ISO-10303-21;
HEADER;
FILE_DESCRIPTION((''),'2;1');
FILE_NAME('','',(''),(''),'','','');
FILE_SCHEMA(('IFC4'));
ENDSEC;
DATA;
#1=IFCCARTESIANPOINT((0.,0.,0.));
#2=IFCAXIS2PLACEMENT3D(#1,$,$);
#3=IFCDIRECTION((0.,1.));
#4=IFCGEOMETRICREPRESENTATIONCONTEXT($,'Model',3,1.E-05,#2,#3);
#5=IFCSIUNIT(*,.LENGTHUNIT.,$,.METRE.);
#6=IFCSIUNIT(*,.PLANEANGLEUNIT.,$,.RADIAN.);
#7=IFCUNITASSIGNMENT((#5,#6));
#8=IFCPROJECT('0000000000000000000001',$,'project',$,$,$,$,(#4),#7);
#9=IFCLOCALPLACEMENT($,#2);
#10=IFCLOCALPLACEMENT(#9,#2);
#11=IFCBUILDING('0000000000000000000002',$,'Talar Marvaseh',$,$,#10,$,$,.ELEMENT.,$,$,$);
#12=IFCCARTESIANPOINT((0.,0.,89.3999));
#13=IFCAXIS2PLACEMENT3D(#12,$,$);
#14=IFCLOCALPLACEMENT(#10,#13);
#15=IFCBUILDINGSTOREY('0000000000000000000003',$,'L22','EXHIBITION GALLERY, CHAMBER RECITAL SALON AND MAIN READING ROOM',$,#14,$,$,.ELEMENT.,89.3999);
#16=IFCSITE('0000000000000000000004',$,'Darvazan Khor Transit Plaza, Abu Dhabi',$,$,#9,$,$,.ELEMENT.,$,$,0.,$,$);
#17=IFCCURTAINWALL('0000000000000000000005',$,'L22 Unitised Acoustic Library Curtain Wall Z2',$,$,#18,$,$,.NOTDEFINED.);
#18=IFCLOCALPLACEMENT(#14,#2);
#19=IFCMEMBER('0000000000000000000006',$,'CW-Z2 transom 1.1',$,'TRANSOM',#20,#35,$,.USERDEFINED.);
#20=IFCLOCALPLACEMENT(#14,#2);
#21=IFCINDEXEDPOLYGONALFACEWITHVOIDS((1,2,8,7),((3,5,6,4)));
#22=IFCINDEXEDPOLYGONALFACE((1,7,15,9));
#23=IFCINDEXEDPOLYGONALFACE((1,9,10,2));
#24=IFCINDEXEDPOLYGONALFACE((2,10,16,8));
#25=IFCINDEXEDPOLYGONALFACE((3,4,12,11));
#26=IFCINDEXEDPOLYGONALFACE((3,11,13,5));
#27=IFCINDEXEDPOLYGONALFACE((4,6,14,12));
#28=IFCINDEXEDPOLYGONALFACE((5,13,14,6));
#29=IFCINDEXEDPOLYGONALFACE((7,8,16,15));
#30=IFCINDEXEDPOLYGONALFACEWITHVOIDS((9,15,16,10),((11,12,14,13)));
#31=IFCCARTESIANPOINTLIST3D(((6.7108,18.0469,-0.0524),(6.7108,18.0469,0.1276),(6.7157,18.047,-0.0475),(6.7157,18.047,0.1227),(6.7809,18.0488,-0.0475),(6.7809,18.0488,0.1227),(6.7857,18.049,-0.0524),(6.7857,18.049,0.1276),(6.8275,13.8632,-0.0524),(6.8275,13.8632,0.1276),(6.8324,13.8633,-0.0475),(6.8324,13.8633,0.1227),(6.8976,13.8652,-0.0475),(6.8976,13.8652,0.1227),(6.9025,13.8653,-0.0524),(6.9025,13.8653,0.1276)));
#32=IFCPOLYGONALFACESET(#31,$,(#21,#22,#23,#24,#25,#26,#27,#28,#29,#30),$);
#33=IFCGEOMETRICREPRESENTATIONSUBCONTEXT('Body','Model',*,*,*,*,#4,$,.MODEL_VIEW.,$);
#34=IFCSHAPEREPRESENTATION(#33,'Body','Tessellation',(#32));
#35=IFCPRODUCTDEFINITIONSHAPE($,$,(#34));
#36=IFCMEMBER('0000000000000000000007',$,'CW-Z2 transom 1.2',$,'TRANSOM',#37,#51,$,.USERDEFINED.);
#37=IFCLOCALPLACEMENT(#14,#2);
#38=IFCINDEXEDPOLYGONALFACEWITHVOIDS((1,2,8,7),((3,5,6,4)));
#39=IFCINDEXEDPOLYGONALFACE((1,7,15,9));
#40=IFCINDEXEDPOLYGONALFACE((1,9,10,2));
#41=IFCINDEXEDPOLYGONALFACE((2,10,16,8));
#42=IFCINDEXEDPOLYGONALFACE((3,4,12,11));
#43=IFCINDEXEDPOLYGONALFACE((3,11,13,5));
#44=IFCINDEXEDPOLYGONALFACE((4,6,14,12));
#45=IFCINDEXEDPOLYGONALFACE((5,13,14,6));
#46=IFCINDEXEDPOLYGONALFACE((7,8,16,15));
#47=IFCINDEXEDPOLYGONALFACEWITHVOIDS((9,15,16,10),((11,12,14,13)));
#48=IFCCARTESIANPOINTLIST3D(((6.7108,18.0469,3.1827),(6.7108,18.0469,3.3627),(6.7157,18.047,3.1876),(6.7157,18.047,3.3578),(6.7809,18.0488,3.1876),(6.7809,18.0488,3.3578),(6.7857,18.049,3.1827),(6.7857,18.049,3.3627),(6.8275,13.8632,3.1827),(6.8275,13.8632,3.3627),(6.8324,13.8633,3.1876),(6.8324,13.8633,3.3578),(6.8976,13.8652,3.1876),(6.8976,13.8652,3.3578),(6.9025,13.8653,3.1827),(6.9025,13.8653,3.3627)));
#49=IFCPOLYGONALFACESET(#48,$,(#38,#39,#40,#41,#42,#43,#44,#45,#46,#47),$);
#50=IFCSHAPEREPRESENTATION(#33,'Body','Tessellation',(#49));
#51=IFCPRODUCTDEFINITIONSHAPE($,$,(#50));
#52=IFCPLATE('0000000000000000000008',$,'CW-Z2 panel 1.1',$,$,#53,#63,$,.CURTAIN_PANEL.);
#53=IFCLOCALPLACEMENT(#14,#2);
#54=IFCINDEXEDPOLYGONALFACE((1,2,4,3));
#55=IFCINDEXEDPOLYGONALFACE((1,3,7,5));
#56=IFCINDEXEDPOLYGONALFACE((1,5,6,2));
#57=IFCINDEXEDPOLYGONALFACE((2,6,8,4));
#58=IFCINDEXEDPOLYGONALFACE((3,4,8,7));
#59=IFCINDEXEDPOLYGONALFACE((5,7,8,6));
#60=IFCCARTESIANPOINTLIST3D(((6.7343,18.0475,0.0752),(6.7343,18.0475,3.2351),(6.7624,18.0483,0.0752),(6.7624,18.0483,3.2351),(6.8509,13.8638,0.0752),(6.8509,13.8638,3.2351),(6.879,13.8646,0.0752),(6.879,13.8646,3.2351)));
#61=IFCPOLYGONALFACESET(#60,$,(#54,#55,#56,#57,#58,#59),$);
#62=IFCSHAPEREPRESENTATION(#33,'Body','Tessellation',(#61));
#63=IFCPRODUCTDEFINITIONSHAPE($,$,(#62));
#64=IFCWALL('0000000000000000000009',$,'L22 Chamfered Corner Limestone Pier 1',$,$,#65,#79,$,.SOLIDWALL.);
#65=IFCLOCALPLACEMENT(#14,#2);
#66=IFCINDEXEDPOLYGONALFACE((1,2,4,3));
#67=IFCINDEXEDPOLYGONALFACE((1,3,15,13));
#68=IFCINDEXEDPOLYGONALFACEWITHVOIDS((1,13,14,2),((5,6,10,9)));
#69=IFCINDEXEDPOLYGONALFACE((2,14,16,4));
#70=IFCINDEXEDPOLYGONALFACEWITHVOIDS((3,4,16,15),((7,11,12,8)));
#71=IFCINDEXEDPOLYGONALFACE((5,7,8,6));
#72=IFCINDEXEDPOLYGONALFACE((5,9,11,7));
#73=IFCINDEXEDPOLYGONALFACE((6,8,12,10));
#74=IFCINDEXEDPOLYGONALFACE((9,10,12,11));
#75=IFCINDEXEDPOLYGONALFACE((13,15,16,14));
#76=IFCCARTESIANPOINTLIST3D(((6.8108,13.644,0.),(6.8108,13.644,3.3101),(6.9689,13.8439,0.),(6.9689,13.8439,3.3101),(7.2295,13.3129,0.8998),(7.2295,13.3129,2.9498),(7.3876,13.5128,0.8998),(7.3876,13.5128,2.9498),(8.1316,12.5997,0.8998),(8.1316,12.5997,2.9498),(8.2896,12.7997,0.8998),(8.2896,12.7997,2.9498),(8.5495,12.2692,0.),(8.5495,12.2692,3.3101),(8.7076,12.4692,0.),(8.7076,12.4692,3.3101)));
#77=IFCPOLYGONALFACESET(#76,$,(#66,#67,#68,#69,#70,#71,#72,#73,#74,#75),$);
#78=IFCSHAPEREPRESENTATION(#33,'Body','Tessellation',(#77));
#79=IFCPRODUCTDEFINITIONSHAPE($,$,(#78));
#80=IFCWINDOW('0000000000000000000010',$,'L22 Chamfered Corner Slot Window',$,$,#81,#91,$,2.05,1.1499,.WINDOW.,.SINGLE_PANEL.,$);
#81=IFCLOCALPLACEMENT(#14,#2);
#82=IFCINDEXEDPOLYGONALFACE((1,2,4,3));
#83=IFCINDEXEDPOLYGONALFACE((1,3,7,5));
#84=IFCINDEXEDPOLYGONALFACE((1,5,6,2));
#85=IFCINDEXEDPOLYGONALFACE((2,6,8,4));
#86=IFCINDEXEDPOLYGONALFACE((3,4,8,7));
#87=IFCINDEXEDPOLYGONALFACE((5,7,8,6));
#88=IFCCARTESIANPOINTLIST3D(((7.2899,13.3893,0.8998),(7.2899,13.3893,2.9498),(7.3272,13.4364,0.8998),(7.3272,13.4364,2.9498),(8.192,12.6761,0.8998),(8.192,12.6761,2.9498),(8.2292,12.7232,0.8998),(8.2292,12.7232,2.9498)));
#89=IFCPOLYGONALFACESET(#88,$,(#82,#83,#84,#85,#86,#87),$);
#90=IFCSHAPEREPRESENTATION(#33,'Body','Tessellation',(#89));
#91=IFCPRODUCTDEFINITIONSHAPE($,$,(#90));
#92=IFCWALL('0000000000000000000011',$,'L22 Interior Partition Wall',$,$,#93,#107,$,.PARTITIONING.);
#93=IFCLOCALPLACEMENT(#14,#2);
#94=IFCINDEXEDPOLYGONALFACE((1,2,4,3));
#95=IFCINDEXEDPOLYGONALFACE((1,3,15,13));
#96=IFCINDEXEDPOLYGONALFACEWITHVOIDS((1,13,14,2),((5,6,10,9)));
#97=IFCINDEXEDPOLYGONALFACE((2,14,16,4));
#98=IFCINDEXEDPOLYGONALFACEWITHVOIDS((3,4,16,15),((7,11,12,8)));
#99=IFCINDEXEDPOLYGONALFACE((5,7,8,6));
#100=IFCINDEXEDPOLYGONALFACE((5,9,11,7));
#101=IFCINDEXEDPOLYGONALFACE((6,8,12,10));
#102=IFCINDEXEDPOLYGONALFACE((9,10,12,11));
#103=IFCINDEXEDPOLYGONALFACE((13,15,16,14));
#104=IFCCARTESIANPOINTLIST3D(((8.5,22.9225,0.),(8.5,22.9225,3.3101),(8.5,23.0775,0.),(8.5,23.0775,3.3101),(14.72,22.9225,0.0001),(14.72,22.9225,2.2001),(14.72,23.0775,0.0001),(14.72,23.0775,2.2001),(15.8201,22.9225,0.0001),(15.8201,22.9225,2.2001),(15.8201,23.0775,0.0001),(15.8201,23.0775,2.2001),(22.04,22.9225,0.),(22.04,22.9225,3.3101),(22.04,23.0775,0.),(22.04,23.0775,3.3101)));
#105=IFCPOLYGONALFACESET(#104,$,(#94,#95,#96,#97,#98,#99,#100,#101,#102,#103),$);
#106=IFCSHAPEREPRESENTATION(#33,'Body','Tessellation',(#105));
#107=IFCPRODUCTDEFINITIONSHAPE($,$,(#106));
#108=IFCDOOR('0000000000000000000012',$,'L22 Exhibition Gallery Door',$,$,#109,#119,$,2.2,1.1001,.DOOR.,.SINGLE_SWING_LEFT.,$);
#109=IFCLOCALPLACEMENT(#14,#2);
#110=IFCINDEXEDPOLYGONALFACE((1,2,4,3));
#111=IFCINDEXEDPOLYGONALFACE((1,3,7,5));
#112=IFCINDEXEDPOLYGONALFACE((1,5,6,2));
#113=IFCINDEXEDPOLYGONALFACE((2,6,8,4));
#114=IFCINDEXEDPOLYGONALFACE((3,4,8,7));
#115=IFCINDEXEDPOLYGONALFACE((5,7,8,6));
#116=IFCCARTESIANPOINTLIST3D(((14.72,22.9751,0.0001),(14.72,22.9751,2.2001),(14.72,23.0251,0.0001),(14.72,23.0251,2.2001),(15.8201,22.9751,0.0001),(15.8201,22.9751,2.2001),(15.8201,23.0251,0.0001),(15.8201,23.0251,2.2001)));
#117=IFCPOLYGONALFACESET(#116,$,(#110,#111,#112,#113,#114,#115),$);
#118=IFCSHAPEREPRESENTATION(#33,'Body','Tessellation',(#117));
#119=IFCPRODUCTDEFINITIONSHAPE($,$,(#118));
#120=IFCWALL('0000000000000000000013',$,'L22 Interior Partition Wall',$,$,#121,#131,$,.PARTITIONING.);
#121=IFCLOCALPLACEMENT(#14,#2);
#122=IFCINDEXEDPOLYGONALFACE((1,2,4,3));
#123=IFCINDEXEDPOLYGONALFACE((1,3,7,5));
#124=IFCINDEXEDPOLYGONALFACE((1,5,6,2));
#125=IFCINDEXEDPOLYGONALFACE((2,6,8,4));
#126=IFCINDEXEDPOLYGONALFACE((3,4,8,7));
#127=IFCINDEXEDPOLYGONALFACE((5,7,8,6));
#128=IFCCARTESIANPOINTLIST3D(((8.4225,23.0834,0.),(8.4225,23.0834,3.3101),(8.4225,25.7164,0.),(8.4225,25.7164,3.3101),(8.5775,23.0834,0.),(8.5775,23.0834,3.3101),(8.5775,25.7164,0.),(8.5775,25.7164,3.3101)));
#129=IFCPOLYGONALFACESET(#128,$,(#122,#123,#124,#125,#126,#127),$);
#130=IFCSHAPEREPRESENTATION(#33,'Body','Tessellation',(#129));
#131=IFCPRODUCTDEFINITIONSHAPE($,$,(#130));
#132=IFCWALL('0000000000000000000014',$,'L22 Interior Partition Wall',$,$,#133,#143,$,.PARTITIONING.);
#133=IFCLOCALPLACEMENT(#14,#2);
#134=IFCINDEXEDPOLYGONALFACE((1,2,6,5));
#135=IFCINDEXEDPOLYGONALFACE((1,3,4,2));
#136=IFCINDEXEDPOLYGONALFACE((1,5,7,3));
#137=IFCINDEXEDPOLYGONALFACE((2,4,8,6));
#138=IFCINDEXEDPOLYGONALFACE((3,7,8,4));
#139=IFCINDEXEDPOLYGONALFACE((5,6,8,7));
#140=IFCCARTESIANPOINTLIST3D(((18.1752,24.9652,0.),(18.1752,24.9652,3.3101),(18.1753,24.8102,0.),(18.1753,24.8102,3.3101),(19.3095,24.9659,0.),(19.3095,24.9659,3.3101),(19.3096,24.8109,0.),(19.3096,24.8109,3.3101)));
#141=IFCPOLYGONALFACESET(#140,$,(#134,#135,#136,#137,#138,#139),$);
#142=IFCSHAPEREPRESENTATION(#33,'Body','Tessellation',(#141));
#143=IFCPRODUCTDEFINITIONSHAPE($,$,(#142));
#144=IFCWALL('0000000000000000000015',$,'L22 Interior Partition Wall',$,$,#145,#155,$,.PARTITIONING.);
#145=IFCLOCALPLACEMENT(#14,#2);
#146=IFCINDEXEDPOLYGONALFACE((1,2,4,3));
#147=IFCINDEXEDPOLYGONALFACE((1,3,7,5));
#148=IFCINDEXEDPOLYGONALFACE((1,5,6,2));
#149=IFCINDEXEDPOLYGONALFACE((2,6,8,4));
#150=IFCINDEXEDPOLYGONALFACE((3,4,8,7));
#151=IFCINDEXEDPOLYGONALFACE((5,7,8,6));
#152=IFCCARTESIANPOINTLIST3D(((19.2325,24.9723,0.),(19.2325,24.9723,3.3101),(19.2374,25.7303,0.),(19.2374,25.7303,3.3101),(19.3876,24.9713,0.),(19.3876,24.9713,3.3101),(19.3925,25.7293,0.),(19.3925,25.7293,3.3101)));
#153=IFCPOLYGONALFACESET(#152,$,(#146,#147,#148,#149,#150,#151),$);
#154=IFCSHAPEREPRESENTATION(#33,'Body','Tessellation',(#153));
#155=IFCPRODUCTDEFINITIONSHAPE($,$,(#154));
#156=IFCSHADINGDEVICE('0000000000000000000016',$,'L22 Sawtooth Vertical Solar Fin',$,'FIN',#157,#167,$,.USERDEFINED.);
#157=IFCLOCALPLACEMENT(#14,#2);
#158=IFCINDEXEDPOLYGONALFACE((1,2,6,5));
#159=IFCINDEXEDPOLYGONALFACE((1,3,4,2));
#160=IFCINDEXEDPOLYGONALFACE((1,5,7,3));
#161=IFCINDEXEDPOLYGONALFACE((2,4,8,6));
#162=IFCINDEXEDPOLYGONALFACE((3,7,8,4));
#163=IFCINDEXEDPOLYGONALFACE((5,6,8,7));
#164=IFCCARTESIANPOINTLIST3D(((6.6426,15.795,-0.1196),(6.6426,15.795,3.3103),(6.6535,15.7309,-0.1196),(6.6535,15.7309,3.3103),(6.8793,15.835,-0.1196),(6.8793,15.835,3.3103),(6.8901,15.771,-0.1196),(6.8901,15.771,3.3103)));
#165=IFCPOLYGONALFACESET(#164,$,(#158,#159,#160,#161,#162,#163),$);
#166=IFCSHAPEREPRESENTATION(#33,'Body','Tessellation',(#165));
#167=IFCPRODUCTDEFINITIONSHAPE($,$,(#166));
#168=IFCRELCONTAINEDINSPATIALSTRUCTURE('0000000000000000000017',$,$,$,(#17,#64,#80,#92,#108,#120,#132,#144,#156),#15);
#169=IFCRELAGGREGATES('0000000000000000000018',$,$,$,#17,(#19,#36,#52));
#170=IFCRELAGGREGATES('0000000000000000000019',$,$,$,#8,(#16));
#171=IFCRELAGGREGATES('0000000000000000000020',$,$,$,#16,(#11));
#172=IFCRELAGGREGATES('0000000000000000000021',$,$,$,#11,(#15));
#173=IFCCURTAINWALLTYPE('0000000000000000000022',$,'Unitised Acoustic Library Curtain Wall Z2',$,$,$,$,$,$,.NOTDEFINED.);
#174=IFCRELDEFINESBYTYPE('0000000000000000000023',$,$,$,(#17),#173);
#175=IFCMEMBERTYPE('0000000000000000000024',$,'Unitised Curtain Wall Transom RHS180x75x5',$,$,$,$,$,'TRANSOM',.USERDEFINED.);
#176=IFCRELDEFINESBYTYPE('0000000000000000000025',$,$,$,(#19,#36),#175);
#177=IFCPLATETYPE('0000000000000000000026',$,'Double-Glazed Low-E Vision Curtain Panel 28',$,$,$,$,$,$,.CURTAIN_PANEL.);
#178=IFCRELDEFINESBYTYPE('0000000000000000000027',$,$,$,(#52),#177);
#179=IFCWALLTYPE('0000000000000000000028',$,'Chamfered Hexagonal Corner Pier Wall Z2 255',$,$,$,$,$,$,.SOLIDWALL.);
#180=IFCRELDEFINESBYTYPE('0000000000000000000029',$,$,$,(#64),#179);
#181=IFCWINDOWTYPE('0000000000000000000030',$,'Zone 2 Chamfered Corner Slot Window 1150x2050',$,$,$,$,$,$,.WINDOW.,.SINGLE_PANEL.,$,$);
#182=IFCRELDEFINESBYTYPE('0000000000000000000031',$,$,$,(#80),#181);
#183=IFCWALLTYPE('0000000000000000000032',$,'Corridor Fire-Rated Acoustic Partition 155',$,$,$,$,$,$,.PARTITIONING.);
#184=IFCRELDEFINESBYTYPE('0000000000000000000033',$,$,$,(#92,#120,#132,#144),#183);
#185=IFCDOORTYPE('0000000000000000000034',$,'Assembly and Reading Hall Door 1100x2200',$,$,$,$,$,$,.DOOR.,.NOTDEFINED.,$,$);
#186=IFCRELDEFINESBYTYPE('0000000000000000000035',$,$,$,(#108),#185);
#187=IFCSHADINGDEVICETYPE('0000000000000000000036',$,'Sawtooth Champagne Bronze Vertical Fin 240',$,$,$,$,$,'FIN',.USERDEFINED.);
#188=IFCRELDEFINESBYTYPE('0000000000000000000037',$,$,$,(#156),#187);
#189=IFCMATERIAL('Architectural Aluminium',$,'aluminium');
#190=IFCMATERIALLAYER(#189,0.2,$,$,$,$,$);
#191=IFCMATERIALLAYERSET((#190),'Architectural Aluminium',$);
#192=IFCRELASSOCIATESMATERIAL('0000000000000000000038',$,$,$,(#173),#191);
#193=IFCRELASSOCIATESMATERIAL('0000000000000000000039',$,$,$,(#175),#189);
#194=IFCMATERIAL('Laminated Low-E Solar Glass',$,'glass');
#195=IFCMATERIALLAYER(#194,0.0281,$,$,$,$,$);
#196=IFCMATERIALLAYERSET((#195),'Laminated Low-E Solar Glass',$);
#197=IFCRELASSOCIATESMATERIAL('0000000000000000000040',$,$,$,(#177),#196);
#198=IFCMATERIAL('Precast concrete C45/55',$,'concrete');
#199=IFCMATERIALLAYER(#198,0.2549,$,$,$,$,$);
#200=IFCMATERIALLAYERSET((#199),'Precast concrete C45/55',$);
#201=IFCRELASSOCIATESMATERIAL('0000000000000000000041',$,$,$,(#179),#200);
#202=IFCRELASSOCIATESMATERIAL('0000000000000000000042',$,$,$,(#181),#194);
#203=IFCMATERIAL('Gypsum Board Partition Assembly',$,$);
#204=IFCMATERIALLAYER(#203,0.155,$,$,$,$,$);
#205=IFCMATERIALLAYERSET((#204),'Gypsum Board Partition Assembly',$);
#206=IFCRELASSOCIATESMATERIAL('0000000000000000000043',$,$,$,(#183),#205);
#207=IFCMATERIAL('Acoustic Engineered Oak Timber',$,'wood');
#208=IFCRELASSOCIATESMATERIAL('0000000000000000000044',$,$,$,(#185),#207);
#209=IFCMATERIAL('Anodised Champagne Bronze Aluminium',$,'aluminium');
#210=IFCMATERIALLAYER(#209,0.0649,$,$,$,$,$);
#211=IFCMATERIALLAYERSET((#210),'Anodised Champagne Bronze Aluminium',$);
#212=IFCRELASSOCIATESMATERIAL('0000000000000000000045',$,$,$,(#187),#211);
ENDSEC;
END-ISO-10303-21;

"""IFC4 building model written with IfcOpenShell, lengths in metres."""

from ifc_helpers import new_model, si_unit, direction, frame, frame_2d, origin, origin_2d, place, context, subcontext, project, spatial, rectangle, hollow_rectangle, extrude, source, transform, mapped, material, layer, layer_set, material_profile, profile_set, type_object, type_shapes, element, fill, aggregate, save


model = new_model("IFC4")

# Units and contexts
model_context = context("Model", 3, precision=1e-05, world=origin(), true_north=direction((0.0, 1.0)))
body_context = subcontext(model_context, "Body", "Model", "MODEL_VIEW")
ifc_project = project(units=[si_unit("LENGTHUNIT", "METRE"), si_unit("PLANEANGLEUNIT", "RADIAN")], contexts=[model_context])

# Site, building, storey
site_placement = place(None, origin())
site = spatial("IfcSite", under=ifc_project, at=site_placement, Name="Darvazan Khor Transit Plaza, Abu Dhabi", CompositionType="ELEMENT", RefElevation=0.0)
building_placement = place(site_placement, origin())
building = spatial("IfcBuilding", under=site, at=building_placement, Name="Talar Marvaseh", CompositionType="ELEMENT")
storey_placement = place(building_placement, frame((0.0, 0.0, 89.3999)))
storey = spatial("IfcBuildingStorey", under=building, at=storey_placement, Name="L22", Description="EXHIBITION GALLERY, CHAMBER RECITAL SALON AND MAIN READING ROOM", CompositionType="ELEMENT", Elevation=89.3999)

# Curtain wall
ifc_material_1 = material(Name="Architectural Aluminium", Category="aluminium")
ifc_layer_1 = layer(ifc_material_1, 0.2)
ifc_layer_set_1 = layer_set([ifc_layer_1], Name="Architectural Aluminium")
curtain_wall_type = type_object("IfcCurtainWallType", Name="Unitised Acoustic Library Curtain Wall Z2", PredefinedType="NOTDEFINED", material=ifc_layer_set_1)
curtain_wall_1_placement = place(storey_placement, origin())
curtain_wall_1 = element("IfcCurtainWall", 1, at=curtain_wall_1_placement, inside=storey, type_object=curtain_wall_type, Name="L22 Unitised Acoustic Library Curtain Wall Z2", PredefinedType="NOTDEFINED")

# Members
ifc_material_profile_1 = material_profile(ifc_material_1, hollow_rectangle(XDim=0.075, YDim=0.1799, WallThickness=0.0049, at=origin_2d()), Name="RHS180x75x5")
ifc_profile_set_1 = profile_set([ifc_material_profile_1], Name="Architectural Aluminium")
member_type_1 = type_object("IfcMemberType", Name="Unitised Curtain Wall Transom RHS180x75x5", ElementType="TRANSOM", PredefinedType="USERDEFINED", material=ifc_profile_set_1)
shared_shape_1 = source(origin(), body_context, "Body", "SweptSolid", [
    extrude(hollow_rectangle(XDim=0.075, YDim=0.1799, WallThickness=0.0049, at=origin_2d()), origin(), (0.0, 0.0, 1.0), 4.1853),
])
type_shapes(member_type_1, [shared_shape_1])
member_1_placement = place(storey_placement, frame((6.865, 13.8643, 0.0376), z_axis=(-0.027884, 0.999611, 0.0), x_axis=(-0.999611, -0.027884, 0.0)))
member_1 = element("IfcMember", 2, at=member_1_placement, type_object=member_type_1, Name="CW-Z2 transom 1.1", ObjectType="TRANSOM", PredefinedType="USERDEFINED", context=body_context, shape_type="MappedRepresentation", body=[
    mapped(shared_shape_1, transform((0.0, 0.0, 0.0), x_axis=(1.0, 0.0, 0.0), y_axis=(0.0, 1.0, 0.0), z_axis=(0.0, 0.0, 1.0), scale=1.0)),
])
member_2_placement = place(storey_placement, frame((6.865, 13.8643, 3.2727), z_axis=(-0.027884, 0.999611, 0.0), x_axis=(-0.999611, -0.027884, 0.0)))
member_2 = element("IfcMember", 3, at=member_2_placement, type_object=member_type_1, Name="CW-Z2 transom 1.2", ObjectType="TRANSOM", PredefinedType="USERDEFINED", context=body_context, shape_type="MappedRepresentation", body=[
    mapped(shared_shape_1, transform((0.0, 0.0, 0.0), x_axis=(1.0, 0.0, 0.0), y_axis=(0.0, 1.0, 0.0), z_axis=(0.0, 0.0, 1.0), scale=1.0)),
])

# Plate
ifc_material_2 = material(Name="Laminated Low-E Solar Glass", Category="glass")
ifc_layer_2 = layer(ifc_material_2, 0.0281)
ifc_layer_set_2 = layer_set([ifc_layer_2], Name="Laminated Low-E Solar Glass")
plate_type = type_object("IfcPlateType", Name="Double-Glazed Low-E Vision Curtain Panel 28", PredefinedType="CURTAIN_PANEL", material=ifc_layer_set_2)
shared_shape_2 = source(origin(), body_context, "Body", "SweptSolid", [
    extrude(rectangle(XDim=4.1853, YDim=0.0281, at=origin_2d()), origin(), (0.0, 0.0, 1.0), 3.1599),
])
type_shapes(plate_type, [shared_shape_2])
plate_placement = place(storey_placement, frame((6.8066, 15.9561, 0.0752), z_axis=(0.0, 0.0, 1.0), x_axis=(-0.027857, 0.999612, 0.0)))
plate = element("IfcPlate", 4, at=plate_placement, type_object=plate_type, Name="CW-Z2 panel 1.1", PredefinedType="CURTAIN_PANEL", context=body_context, shape_type="MappedRepresentation", body=[
    mapped(shared_shape_2, transform((0.0, 0.0, 0.0), x_axis=(1.0, 0.0, 0.0), y_axis=(0.0, 1.0, 0.0), z_axis=(0.0, 0.0, 1.0), scale=1.0)),
])
aggregate(curtain_wall_1, [member_1, member_2, plate])

# Wall, opening, window
ifc_material_3 = material(Name="Precast concrete C45/55", Category="concrete")
ifc_layer_3 = layer(ifc_material_3, 0.2549)
ifc_layer_set_3 = layer_set([ifc_layer_3], Name="Precast concrete C45/55")
wall_type_1 = type_object("IfcWallType", Name="Chamfered Hexagonal Corner Pier Wall Z2 255", PredefinedType="SOLIDWALL", material=ifc_layer_set_3)
wall_1_placement = place(storey_placement, frame((8.6287, 12.3691, 0.0), z_axis=(0.0, 0.0, 1.0), x_axis=(-0.784434, 0.620212, 0.0)))
wall_1 = element("IfcWall", 5, at=wall_1_placement, inside=storey, type_object=wall_type_1, Name="L22 Chamfered Corner Limestone Pier 1", PredefinedType="SOLIDWALL", context=body_context, shape_type="SweptSolid", body=[
    extrude(rectangle(XDim=2.2166, YDim=0.2549, at=frame_2d((1.1084, 0.0))), origin(), (0.0, 0.0, 1.0), 3.3101),
])
opening_1_placement = place(wall_1_placement, frame((0.533, 0.0, 0.8999)))
opening_1 = element("IfcOpeningElement", 6, at=opening_1_placement, cuts=wall_1, PredefinedType="OPENING", context=body_context, shape_type="SweptSolid", body=[
    extrude(rectangle(XDim=1.1499, YDim=2.05, at=frame_2d((0.575, 1.0249))), frame((0.0, 0.1375, 0.0), z_axis=(0.0, -1.0, 0.0), x_axis=(1.0, 0.0, 0.0)), (0.0, 0.0, 1.0), 0.2749),
])
window_type = type_object("IfcWindowType", Name="Zone 2 Chamfered Corner Slot Window 1150x2050", PartitioningType="SINGLE_PANEL", PredefinedType="WINDOW", material=ifc_material_2)
shared_shape_3 = source(origin(), body_context, "Body", "SweptSolid", [
    extrude(rectangle(XDim=1.1499, YDim=2.05, at=frame_2d((0.575, 1.0249))), frame((0.0, 0.03, 0.0), z_axis=(0.0, -1.0, 0.0), x_axis=(1.0, 0.0, 0.0)), (0.0, 0.0, 1.0), 0.0601),
])
type_shapes(window_type, [shared_shape_3])
window_placement = place(opening_1_placement, origin())
window = element("IfcWindow", 7, at=window_placement, inside=storey, type_object=window_type, Name="L22 Chamfered Corner Slot Window", OverallHeight=2.05, OverallWidth=1.1499, PartitioningType="SINGLE_PANEL", PredefinedType="WINDOW", context=body_context, shape_type="MappedRepresentation", body=[
    mapped(shared_shape_3, transform((0.0, 0.0, 0.0), x_axis=(1.0, 0.0, 0.0), y_axis=(0.0, 1.0, 0.0), z_axis=(0.0, 0.0, 1.0), scale=1.0)),
])
fill(opening_1, window)

# Wall, opening, door
ifc_material_4 = material(Name="Gypsum Board Partition Assembly")
ifc_layer_4 = layer(ifc_material_4, 0.155)
ifc_layer_set_4 = layer_set([ifc_layer_4], Name="Gypsum Board Partition Assembly")
wall_type_2 = type_object("IfcWallType", Name="Corridor Fire-Rated Acoustic Partition 155", PredefinedType="PARTITIONING", material=ifc_layer_set_4)
wall_2_placement = place(storey_placement, frame((22.04, 23.0, 0.0), z_axis=(0.0, 0.0, 1.0), x_axis=(-1.0, 0.0, 0.0)))
wall_2 = element("IfcWall", 8, at=wall_2_placement, inside=storey, type_object=wall_type_2, Name="L22 Interior Partition Wall", PredefinedType="PARTITIONING", context=body_context, shape_type="SweptSolid", body=[
    extrude(rectangle(XDim=13.54, YDim=0.155, at=frame_2d((6.77, 0.0))), origin(), (0.0, 0.0, 1.0), 3.3101),
])
opening_2_placement = place(wall_2_placement, frame((6.22, 0.0, 0.0)))
opening_2 = element("IfcOpeningElement", 9, at=opening_2_placement, cuts=wall_2, PredefinedType="OPENING", context=body_context, shape_type="SweptSolid", body=[
    extrude(rectangle(XDim=1.1001, YDim=2.2, at=frame_2d((0.55, 1.1001))), frame((0.0, 0.0874, 0.0), z_axis=(0.0, -1.0, 0.0), x_axis=(1.0, 0.0, 0.0)), (0.0, 0.0, 1.0), 0.175),
])
ifc_material_5 = material(Name="Acoustic Engineered Oak Timber", Category="wood")
door_type = type_object("IfcDoorType", Name="Assembly and Reading Hall Door 1100x2200", OperationType="NOTDEFINED", PredefinedType="DOOR", material=ifc_material_5)
shared_shape_4 = source(origin(), body_context, "Body", "SweptSolid", [
    extrude(rectangle(XDim=1.1001, YDim=2.2, at=frame_2d((0.55, 1.1001))), frame((0.0, 0.0249, 0.0), z_axis=(0.0, -1.0, 0.0), x_axis=(1.0, 0.0, 0.0)), (0.0, 0.0, 1.0), 0.05),
])
type_shapes(door_type, [shared_shape_4])
door_placement = place(opening_2_placement, origin())
door = element("IfcDoor", 10, at=door_placement, inside=storey, type_object=door_type, Name="L22 Exhibition Gallery Door", OperationType="SINGLE_SWING_LEFT", OverallHeight=2.2, OverallWidth=1.1001, PredefinedType="DOOR", context=body_context, shape_type="MappedRepresentation", body=[
    mapped(shared_shape_4, transform((0.0, 0.0, 0.0), x_axis=(1.0, 0.0, 0.0), y_axis=(0.0, 1.0, 0.0), z_axis=(0.0, 0.0, 1.0), scale=1.0)),
])
fill(opening_2, door)

# Walls
wall_3_placement = place(storey_placement, frame((8.5, 23.0835, 0.0), z_axis=(0.0, 0.0, 1.0), x_axis=(0.0, 1.0, 0.0)))
element("IfcWall", 11, at=wall_3_placement, inside=storey, type_object=wall_type_2, Name="L22 Interior Partition Wall", PredefinedType="PARTITIONING", context=body_context, shape_type="SweptSolid", body=[
    extrude(rectangle(XDim=2.6331, YDim=0.155, at=frame_2d((1.3164, 0.0))), origin(), (0.0, 0.0, 1.0), 3.3101),
])
wall_4_placement = place(storey_placement, frame((18.1753, 24.8877, 0.0), z_axis=(0.0, 0.0, 1.0), x_axis=(1.0, 0.000646, 0.0)))
element("IfcWall", 12, at=wall_4_placement, inside=storey, type_object=wall_type_2, Name="L22 Interior Partition Wall", PredefinedType="PARTITIONING", context=body_context, shape_type="SweptSolid", body=[
    extrude(rectangle(XDim=1.1343, YDim=0.155, at=frame_2d((0.5671, 0.0))), origin(), (0.0, 0.0, 1.0), 3.3101),
])
wall_5_placement = place(storey_placement, frame((19.3101, 24.9719, 0.0), z_axis=(0.0, 0.0, 1.0), x_axis=(0.006441, 0.999979, 0.0)))
element("IfcWall", 13, at=wall_5_placement, inside=storey, type_object=wall_type_2, Name="L22 Interior Partition Wall", PredefinedType="PARTITIONING", context=body_context, shape_type="SweptSolid", body=[
    extrude(rectangle(XDim=0.7581, YDim=0.155, at=frame_2d((0.3789, 0.0))), origin(), (0.0, 0.0, 1.0), 3.3101),
])

# Shading device
ifc_material_6 = material(Name="Anodised Champagne Bronze Aluminium", Category="aluminium")
ifc_layer_5 = layer(ifc_material_6, 0.0649)
ifc_layer_set_5 = layer_set([ifc_layer_5], Name="Anodised Champagne Bronze Aluminium")
shading_device_type = type_object("IfcShadingDeviceType", Name="Sawtooth Champagne Bronze Vertical Fin 240", ElementType="FIN", PredefinedType="USERDEFINED", material=ifc_layer_set_5)
shared_shape_5 = source(origin(), body_context, "Body", "SweptSolid", [
    extrude(rectangle(XDim=0.24, YDim=0.0649, at=origin_2d()), origin(), (0.0, 0.0, 1.0), 3.4299),
])
type_shapes(shading_device_type, [shared_shape_5])
shading_device_placement = place(storey_placement, frame((6.7664, 15.783, -0.1196), z_axis=(0.0, 0.0, 1.0), x_axis=(-0.985996, -0.166769, 0.0)))
element("IfcShadingDevice", 14, at=shading_device_placement, inside=storey, type_object=shading_device_type, Name="L22 Sawtooth Vertical Solar Fin", ObjectType="FIN", PredefinedType="USERDEFINED", context=body_context, shape_type="MappedRepresentation", body=[
    mapped(shared_shape_5, transform((0.0, 0.0, 0.0), x_axis=(1.0, 0.0, 0.0), y_axis=(0.0, 1.0, 0.0), z_axis=(0.0, 0.0, 1.0), scale=1.0)),
])

save(model, "model.ifc")
